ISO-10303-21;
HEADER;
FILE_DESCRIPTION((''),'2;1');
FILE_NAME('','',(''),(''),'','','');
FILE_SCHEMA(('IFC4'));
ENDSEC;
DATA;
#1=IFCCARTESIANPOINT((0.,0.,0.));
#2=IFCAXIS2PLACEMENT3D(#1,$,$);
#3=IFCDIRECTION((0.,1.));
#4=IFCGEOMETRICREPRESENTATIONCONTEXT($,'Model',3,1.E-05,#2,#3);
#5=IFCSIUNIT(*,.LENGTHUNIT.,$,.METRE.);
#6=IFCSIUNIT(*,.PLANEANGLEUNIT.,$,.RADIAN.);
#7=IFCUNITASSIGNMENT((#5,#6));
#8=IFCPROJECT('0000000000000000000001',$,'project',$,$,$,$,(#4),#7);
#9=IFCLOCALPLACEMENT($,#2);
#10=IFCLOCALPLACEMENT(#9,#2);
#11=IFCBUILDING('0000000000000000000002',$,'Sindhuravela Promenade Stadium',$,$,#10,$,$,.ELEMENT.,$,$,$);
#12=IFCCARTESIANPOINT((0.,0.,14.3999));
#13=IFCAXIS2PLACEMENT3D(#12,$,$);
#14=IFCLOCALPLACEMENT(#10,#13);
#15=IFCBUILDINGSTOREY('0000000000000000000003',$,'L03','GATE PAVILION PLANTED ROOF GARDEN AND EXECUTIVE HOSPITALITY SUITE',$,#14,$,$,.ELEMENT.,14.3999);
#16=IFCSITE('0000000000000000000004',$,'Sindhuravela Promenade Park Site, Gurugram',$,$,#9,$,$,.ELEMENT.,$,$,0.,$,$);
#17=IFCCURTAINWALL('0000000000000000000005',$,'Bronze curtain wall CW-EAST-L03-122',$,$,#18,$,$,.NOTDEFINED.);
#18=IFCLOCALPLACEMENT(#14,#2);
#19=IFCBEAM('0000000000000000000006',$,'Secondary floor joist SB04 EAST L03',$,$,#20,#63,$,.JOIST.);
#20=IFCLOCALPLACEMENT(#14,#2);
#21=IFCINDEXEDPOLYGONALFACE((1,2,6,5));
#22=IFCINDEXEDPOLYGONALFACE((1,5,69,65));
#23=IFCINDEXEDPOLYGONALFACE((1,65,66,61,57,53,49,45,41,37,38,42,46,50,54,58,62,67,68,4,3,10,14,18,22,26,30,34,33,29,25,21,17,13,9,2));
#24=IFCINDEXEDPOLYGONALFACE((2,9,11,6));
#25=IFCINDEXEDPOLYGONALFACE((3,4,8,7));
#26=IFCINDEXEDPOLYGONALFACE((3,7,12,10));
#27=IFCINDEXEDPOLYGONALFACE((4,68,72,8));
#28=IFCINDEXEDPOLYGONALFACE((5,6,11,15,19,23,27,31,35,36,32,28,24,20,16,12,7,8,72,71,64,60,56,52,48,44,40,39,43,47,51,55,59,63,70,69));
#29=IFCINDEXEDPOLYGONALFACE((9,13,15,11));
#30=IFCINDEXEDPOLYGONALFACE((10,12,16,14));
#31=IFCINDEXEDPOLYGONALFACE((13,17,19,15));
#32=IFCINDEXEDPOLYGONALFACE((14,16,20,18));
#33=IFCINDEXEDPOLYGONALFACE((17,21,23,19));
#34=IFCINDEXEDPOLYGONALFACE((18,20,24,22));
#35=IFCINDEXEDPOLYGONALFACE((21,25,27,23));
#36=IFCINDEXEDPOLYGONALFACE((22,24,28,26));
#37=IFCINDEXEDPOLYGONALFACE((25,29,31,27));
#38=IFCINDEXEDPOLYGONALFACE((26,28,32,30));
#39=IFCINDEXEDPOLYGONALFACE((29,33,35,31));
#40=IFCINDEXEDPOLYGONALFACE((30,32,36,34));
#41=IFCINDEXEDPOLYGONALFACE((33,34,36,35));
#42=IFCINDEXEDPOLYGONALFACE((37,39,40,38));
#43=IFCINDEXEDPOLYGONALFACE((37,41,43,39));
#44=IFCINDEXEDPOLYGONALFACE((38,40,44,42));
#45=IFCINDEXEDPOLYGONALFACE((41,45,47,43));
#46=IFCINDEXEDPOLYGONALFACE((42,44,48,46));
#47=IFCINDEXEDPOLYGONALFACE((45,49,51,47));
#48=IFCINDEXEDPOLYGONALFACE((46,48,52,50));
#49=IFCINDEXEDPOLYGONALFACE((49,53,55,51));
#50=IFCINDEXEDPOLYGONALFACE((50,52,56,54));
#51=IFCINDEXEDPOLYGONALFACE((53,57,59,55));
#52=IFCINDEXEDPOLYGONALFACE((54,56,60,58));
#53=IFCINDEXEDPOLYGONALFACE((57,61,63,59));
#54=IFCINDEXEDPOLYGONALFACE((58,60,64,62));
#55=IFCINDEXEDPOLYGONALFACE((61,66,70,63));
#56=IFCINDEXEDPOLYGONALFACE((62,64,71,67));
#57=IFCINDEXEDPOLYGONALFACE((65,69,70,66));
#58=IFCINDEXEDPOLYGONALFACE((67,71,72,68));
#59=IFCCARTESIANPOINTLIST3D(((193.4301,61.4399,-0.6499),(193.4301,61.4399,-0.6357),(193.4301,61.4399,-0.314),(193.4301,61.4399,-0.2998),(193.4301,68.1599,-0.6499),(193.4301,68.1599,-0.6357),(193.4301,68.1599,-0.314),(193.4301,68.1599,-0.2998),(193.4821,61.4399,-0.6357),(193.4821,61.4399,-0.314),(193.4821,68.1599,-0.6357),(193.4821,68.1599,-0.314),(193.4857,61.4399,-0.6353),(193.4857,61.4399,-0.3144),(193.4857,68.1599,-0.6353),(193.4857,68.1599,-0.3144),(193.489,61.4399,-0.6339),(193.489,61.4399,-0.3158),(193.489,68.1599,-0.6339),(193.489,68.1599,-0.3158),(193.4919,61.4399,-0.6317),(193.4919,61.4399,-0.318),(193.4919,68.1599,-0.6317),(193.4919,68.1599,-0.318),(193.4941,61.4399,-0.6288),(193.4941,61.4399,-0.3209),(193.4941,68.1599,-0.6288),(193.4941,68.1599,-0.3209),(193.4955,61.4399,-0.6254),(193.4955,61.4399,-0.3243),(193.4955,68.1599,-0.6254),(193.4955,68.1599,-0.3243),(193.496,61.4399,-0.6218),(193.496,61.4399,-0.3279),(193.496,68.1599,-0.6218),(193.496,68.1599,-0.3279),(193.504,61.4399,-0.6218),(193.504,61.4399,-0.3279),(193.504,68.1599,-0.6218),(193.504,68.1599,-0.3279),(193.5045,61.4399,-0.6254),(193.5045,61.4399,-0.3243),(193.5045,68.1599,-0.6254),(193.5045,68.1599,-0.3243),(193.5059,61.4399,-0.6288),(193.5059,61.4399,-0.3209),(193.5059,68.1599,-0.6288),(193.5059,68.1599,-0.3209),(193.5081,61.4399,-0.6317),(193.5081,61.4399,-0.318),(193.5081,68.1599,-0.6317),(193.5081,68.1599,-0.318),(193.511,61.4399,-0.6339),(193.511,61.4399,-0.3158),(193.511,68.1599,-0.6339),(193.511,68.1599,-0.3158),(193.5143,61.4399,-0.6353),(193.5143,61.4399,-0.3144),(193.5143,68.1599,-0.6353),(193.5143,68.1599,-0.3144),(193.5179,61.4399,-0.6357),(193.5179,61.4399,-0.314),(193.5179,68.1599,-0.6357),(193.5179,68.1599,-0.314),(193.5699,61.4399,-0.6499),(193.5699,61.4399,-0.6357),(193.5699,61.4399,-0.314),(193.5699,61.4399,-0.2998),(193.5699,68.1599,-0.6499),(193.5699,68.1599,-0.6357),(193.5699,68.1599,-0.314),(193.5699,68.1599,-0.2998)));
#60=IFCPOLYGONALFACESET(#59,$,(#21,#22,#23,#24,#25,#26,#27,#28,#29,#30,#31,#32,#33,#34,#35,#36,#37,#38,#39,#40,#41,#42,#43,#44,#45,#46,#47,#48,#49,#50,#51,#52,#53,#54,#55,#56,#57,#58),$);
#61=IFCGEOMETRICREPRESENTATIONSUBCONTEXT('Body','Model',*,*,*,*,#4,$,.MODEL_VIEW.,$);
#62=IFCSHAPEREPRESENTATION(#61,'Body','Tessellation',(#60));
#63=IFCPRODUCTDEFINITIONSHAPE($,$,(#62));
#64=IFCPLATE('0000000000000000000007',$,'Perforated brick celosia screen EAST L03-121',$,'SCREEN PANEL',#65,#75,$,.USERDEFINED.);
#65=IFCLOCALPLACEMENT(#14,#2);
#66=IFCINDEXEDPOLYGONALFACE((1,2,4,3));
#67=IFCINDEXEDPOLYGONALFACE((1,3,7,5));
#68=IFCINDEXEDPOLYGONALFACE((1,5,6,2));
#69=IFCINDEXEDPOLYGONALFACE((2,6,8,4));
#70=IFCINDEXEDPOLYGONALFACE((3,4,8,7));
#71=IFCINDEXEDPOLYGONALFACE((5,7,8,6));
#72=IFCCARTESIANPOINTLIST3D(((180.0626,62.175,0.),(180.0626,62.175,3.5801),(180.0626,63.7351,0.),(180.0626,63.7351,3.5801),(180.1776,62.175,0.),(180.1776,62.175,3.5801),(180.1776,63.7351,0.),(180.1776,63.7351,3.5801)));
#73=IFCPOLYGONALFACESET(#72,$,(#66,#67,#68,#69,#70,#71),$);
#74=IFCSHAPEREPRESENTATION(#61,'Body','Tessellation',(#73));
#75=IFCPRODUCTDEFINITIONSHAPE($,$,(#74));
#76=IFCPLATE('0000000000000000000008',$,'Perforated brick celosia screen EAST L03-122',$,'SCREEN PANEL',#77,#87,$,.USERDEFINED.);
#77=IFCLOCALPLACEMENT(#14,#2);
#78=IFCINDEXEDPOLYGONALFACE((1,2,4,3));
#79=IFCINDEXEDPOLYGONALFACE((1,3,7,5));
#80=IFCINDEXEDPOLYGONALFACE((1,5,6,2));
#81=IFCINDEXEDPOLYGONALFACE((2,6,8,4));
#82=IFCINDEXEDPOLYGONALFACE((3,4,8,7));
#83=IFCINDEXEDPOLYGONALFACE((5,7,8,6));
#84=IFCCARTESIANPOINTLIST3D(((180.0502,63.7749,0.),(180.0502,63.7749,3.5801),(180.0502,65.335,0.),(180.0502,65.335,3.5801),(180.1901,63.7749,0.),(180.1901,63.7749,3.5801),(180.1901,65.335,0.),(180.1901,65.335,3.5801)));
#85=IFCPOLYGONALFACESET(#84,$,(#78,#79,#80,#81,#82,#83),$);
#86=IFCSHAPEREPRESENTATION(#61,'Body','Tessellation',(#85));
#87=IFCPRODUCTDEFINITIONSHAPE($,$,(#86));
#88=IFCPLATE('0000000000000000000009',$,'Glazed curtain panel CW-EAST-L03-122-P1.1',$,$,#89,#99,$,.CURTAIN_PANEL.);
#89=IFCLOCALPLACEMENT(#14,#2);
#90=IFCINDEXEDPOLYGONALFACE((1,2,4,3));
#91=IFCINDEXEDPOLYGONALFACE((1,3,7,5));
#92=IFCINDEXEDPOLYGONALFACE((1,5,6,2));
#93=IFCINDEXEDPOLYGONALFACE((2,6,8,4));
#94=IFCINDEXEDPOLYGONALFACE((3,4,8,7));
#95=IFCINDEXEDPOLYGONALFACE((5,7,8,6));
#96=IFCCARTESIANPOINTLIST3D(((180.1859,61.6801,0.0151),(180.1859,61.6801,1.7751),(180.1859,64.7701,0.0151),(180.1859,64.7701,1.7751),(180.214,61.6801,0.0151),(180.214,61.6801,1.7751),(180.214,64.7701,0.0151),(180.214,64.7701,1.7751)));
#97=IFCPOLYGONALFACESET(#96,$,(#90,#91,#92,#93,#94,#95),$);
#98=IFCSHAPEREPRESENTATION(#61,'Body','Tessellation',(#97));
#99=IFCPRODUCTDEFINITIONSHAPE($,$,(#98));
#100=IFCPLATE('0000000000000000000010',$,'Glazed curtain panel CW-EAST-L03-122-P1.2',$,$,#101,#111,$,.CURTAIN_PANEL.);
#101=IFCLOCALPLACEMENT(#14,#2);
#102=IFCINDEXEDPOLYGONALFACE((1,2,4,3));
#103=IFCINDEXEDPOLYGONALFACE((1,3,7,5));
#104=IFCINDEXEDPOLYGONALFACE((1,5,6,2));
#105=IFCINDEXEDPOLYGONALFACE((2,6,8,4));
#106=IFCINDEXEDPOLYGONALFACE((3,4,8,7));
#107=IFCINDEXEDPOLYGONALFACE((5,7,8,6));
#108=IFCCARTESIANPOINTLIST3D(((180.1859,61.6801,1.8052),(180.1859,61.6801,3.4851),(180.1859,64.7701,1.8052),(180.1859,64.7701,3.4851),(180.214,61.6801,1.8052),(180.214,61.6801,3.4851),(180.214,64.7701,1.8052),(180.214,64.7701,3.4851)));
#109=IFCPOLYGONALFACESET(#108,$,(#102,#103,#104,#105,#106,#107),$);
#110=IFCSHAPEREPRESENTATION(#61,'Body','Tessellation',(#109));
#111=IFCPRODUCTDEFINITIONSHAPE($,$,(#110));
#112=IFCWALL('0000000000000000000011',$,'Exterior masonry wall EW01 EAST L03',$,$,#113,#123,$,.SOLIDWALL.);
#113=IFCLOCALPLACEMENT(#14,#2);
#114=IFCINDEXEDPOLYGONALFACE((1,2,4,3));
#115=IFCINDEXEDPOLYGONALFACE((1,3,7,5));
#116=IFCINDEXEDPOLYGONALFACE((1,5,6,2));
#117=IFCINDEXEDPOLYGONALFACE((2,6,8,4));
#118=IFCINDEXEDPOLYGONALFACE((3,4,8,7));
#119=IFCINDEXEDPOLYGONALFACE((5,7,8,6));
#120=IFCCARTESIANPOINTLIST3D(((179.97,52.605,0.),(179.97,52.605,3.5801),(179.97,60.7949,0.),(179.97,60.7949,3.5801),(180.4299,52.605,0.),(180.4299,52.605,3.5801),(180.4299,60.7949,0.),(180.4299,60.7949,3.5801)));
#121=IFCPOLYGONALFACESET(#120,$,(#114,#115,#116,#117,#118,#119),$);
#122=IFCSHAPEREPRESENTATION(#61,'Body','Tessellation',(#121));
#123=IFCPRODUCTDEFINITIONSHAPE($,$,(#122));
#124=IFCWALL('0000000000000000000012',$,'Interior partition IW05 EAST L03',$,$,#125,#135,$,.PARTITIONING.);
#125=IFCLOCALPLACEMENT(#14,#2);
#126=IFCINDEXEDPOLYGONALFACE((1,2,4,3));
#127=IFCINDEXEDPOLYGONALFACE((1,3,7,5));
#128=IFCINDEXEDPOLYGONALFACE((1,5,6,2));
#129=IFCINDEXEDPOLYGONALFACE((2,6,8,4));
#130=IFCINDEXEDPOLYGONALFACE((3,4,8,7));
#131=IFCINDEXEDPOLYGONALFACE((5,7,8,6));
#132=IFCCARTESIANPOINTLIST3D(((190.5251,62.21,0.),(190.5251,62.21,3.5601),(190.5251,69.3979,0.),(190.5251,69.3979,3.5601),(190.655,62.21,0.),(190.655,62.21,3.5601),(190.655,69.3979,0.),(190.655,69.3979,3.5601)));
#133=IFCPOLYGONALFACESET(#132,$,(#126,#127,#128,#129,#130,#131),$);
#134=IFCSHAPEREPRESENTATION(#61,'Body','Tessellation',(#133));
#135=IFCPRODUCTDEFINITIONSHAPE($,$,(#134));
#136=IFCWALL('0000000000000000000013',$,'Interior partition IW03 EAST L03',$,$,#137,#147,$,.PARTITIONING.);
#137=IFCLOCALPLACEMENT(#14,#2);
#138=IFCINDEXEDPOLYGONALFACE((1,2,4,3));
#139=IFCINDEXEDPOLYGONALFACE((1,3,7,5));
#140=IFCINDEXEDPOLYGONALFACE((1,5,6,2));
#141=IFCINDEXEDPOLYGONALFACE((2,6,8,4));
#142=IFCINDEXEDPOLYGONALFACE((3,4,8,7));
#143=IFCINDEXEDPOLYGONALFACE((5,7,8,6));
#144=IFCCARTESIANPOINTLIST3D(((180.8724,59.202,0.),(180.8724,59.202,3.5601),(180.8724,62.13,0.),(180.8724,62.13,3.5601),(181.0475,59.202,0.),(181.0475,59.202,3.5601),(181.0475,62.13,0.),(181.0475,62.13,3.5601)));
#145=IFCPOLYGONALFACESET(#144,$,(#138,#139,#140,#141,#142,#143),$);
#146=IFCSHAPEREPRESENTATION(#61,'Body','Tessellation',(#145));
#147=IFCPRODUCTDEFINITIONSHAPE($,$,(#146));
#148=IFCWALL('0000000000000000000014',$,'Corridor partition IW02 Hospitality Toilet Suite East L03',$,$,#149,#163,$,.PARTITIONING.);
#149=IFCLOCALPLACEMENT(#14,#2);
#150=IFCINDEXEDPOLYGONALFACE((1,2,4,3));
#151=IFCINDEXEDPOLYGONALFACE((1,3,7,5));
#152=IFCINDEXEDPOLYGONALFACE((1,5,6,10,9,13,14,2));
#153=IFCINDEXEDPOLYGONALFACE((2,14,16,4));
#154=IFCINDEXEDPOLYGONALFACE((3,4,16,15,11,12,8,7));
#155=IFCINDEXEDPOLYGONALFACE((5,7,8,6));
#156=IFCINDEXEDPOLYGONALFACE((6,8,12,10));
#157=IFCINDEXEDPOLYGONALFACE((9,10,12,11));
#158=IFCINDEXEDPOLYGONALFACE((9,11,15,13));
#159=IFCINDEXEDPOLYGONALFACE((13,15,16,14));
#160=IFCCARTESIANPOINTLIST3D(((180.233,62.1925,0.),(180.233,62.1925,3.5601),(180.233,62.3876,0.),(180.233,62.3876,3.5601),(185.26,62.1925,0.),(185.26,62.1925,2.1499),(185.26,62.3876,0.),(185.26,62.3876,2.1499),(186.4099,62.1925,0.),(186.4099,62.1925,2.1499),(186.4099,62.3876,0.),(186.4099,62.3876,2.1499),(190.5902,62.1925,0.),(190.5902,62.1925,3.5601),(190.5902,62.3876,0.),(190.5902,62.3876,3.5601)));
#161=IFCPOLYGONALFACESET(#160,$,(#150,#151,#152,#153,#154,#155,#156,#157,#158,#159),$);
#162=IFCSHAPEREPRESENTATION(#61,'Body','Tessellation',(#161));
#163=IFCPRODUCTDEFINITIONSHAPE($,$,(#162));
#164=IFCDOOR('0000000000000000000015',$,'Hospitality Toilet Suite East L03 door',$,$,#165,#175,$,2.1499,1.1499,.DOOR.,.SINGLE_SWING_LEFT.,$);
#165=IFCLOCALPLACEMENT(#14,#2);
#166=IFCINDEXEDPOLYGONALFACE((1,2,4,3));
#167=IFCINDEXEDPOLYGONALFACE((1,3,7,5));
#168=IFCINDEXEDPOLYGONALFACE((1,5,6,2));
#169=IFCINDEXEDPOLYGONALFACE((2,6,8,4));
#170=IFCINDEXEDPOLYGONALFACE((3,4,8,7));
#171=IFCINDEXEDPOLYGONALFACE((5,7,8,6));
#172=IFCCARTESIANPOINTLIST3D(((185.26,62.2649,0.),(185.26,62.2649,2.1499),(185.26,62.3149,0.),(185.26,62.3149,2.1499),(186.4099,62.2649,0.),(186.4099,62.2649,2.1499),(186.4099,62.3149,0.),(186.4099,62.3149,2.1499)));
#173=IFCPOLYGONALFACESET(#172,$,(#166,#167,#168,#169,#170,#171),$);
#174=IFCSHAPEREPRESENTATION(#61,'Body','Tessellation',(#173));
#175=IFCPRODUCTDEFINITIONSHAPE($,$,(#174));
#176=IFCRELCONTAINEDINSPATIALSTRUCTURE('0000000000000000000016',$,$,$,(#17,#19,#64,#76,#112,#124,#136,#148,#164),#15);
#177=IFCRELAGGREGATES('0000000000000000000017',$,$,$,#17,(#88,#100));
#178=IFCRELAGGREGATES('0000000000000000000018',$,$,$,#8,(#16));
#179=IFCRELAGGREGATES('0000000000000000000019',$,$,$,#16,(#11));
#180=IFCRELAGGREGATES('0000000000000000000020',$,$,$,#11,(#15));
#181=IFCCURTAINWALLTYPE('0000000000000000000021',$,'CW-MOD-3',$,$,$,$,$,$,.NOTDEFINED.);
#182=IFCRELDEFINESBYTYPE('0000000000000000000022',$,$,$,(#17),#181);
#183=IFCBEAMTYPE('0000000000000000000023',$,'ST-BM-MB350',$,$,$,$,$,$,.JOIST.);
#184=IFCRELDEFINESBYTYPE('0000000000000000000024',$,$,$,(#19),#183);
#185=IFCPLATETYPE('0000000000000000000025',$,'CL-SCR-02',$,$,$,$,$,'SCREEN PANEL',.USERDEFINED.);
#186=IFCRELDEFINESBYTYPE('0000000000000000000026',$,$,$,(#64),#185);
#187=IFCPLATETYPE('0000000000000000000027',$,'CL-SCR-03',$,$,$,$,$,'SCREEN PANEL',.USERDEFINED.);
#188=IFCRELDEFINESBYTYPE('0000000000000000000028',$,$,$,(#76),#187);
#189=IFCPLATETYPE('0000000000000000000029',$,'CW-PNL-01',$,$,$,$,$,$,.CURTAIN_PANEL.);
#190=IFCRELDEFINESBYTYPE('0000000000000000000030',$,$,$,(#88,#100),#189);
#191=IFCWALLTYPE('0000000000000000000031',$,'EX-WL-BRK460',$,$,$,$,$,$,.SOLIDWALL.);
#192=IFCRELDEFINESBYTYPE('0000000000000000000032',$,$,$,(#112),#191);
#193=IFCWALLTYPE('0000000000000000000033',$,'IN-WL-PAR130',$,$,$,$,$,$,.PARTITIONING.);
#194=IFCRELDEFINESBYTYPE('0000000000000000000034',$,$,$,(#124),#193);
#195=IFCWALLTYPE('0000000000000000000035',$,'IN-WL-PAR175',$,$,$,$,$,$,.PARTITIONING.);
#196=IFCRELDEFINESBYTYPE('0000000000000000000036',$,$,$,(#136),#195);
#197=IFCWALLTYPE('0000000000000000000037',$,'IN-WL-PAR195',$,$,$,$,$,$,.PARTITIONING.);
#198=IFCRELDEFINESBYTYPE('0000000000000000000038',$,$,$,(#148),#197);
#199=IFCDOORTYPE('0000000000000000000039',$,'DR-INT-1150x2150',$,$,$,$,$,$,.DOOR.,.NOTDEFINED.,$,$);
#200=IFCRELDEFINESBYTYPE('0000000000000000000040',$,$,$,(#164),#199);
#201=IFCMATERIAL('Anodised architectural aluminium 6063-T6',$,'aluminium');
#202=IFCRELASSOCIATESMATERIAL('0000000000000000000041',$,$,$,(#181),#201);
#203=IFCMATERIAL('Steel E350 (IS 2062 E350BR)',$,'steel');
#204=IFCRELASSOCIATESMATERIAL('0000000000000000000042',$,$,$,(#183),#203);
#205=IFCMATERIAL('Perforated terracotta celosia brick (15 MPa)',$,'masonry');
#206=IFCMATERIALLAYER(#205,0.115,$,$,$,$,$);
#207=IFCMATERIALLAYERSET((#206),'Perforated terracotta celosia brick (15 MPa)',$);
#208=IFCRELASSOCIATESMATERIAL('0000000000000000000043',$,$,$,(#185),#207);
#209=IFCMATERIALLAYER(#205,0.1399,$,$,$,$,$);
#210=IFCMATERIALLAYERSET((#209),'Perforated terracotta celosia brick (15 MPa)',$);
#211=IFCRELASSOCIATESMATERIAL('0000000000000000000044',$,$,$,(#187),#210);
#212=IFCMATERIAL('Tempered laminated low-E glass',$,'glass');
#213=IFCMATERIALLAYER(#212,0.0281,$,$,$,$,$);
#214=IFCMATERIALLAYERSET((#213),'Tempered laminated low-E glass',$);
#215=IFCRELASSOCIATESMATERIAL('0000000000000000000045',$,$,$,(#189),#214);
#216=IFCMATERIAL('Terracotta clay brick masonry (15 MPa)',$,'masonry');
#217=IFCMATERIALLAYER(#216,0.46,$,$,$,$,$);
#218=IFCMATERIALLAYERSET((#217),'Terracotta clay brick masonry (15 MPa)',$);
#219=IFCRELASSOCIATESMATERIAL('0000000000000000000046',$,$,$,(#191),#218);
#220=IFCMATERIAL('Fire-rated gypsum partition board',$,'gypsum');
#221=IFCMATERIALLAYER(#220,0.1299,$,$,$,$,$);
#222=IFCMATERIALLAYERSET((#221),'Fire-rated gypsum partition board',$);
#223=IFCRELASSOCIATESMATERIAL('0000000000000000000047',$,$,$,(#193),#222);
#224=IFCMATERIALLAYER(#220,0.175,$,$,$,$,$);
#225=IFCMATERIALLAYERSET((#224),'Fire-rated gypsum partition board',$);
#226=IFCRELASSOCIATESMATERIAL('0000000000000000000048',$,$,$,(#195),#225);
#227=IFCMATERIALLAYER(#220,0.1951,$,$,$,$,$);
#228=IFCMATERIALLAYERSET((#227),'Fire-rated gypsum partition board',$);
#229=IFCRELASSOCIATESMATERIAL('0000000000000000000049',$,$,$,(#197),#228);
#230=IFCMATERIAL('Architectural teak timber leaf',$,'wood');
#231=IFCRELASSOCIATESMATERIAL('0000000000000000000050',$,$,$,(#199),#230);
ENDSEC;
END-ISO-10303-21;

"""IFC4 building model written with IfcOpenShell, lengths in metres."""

from ifc_helpers import new_model, si_unit, direction, frame, frame_2d, origin, origin_2d, place, context, subcontext, project, spatial, rectangle, i_section, extrude, material, layer, layer_set, material_profile, profile_set, type_object, element, fill, aggregate, save


model = new_model("IFC4")

# Units and contexts
model_context = context("Model", 3, precision=1e-05, world=origin(), true_north=direction((0.0, 1.0)))
body_context = subcontext(model_context, "Body", "Model", "MODEL_VIEW")
ifc_project = project(units=[si_unit("LENGTHUNIT", "METRE"), si_unit("PLANEANGLEUNIT", "RADIAN")], contexts=[model_context])

# Site, building, storey
site_placement = place(None, origin())
site = spatial("IfcSite", under=ifc_project, at=site_placement, Name="Sindhuravela Promenade Park Site, Gurugram", CompositionType="ELEMENT", RefElevation=0.0)
building_placement = place(site_placement, origin())
building = spatial("IfcBuilding", under=site, at=building_placement, Name="Sindhuravela Promenade Stadium", CompositionType="ELEMENT")
storey_placement = place(building_placement, frame((0.0, 0.0, 14.3999)))
storey = spatial("IfcBuildingStorey", under=building, at=storey_placement, Name="L03", Description="GATE PAVILION PLANTED ROOF GARDEN AND EXECUTIVE HOSPITALITY SUITE", CompositionType="ELEMENT", Elevation=14.3999)

# Curtain wall
ifc_material_1 = material(Name="Anodised architectural aluminium 6063-T6", Category="aluminium")
curtain_wall_type = type_object("IfcCurtainWallType", Name="CW-MOD-3", PredefinedType="NOTDEFINED", material=ifc_material_1)
curtain_wall_placement = place(storey_placement, origin())
curtain_wall = element("IfcCurtainWall", 1, at=curtain_wall_placement, inside=storey, type_object=curtain_wall_type, Name="Bronze curtain wall CW-EAST-L03-122", PredefinedType="NOTDEFINED")

# Beam
ifc_material_2 = material(Name="Steel E350 (IS 2062 E350BR)", Category="steel")
ifc_material_profile_1 = material_profile(ifc_material_2, i_section(OverallWidth=0.1399, OverallDepth=0.3501, WebThickness=0.0081, FlangeThickness=0.0142, FilletRadius=0.0139, at=origin_2d()), Name="ISMB 350")
ifc_profile_set_1 = profile_set([ifc_material_profile_1], Name="Steel E350 (IS 2062 E350BR)")
beam_type_1 = type_object("IfcBeamType", Name="ST-BM-MB350", PredefinedType="JOIST", material=ifc_profile_set_1)
beam_1_placement = place(storey_placement, frame((193.5, 61.4399, -0.4749), z_axis=(0.0, 1.0, 0.0), x_axis=(-1.0, 0.0, 0.0)))
element("IfcBeam", 2, at=beam_1_placement, inside=storey, type_object=beam_type_1, Name="Secondary floor joist SB04 EAST L03", PredefinedType="JOIST", context=body_context, shape_type="SweptSolid", body=[
    extrude(i_section(OverallWidth=0.1399, OverallDepth=0.3501, WebThickness=0.0081, FlangeThickness=0.0142, FilletRadius=0.0139, at=origin_2d()), origin(), (0.0, 0.0, 1.0), 6.72),
])

# Plates
ifc_material_3 = material(Name="Perforated terracotta celosia brick (15 MPa)", Category="masonry")
ifc_layer_1 = layer(ifc_material_3, 0.115)
ifc_layer_set_1 = layer_set([ifc_layer_1], Name="Perforated terracotta celosia brick (15 MPa)")
plate_type_1 = type_object("IfcPlateType", Name="CL-SCR-02", ElementType="SCREEN PANEL", PredefinedType="USERDEFINED", material=ifc_layer_set_1)
plate_1_placement = place(storey_placement, frame((180.1201, 62.9551, 0.0), z_axis=(0.0, 0.0, 1.0), x_axis=(0.0, 1.0, 0.0)))
element("IfcPlate", 3, at=plate_1_placement, inside=storey, type_object=plate_type_1, Name="Perforated brick celosia screen EAST L03-121", ObjectType="SCREEN PANEL", PredefinedType="USERDEFINED", context=body_context, shape_type="SweptSolid", body=[
    extrude(rectangle(XDim=1.5601, YDim=0.115, at=origin_2d()), origin(), (0.0, 0.0, 1.0), 3.5801),
])
ifc_layer_2 = layer(ifc_material_3, 0.1399)
ifc_layer_set_2 = layer_set([ifc_layer_2], Name="Perforated terracotta celosia brick (15 MPa)")
plate_type_2 = type_object("IfcPlateType", Name="CL-SCR-03", ElementType="SCREEN PANEL", PredefinedType="USERDEFINED", material=ifc_layer_set_2)
plate_2_placement = place(storey_placement, frame((180.1201, 64.5549, 0.0), z_axis=(0.0, 0.0, 1.0), x_axis=(0.0, 1.0, 0.0)))
element("IfcPlate", 4, at=plate_2_placement, inside=storey, type_object=plate_type_2, Name="Perforated brick celosia screen EAST L03-122", ObjectType="SCREEN PANEL", PredefinedType="USERDEFINED", context=body_context, shape_type="SweptSolid", body=[
    extrude(rectangle(XDim=1.5601, YDim=0.1399, at=origin_2d()), origin(), (0.0, 0.0, 1.0), 3.5801),
])

# Plates
ifc_material_4 = material(Name="Tempered laminated low-E glass", Category="glass")
ifc_layer_3 = layer(ifc_material_4, 0.0281)
ifc_layer_set_3 = layer_set([ifc_layer_3], Name="Tempered laminated low-E glass")
plate_type_3 = type_object("IfcPlateType", Name="CW-PNL-01", PredefinedType="CURTAIN_PANEL", material=ifc_layer_set_3)
plate_3_placement = place(storey_placement, frame((180.2, 63.2251, 0.0151), z_axis=(0.0, 0.0, 1.0), x_axis=(0.0, 1.0, 0.0)))
plate_3 = element("IfcPlate", 5, at=plate_3_placement, type_object=plate_type_3, Name="Glazed curtain panel CW-EAST-L03-122-P1.1", PredefinedType="CURTAIN_PANEL", context=body_context, shape_type="SweptSolid", body=[
    extrude(rectangle(XDim=3.0901, YDim=0.0281, at=origin_2d()), origin(), (0.0, 0.0, 1.0), 1.76),
])
plate_4_placement = place(storey_placement, frame((180.2, 63.2251, 1.8052), z_axis=(0.0, 0.0, 1.0), x_axis=(0.0, 1.0, 0.0)))
plate_4 = element("IfcPlate", 6, at=plate_4_placement, type_object=plate_type_3, Name="Glazed curtain panel CW-EAST-L03-122-P1.2", PredefinedType="CURTAIN_PANEL", context=body_context, shape_type="SweptSolid", body=[
    extrude(rectangle(XDim=3.0901, YDim=0.0281, at=origin_2d()), origin(), (0.0, 0.0, 1.0), 1.6799),
])
aggregate(curtain_wall, [plate_3, plate_4])

# Walls
ifc_material_5 = material(Name="Terracotta clay brick masonry (15 MPa)", Category="masonry")
ifc_layer_4 = layer(ifc_material_5, 0.46)
ifc_layer_set_4 = layer_set([ifc_layer_4], Name="Terracotta clay brick masonry (15 MPa)")
wall_type_1 = type_object("IfcWallType", Name="EX-WL-BRK460", PredefinedType="SOLIDWALL", material=ifc_layer_set_4)
wall_1_placement = place(storey_placement, frame((180.2, 52.605, 0.0), z_axis=(0.0, 0.0, 1.0), x_axis=(0.0, 1.0, 0.0)))
element("IfcWall", 7, at=wall_1_placement, inside=storey, type_object=wall_type_1, Name="Exterior masonry wall EW01 EAST L03", PredefinedType="SOLIDWALL", context=body_context, shape_type="SweptSolid", body=[
    extrude(rectangle(XDim=8.1899, YDim=0.46, at=frame_2d((4.095, 0.0))), origin(), (0.0, 0.0, 1.0), 3.5801),
])
ifc_material_6 = material(Name="Fire-rated gypsum partition board", Category="gypsum")
ifc_layer_5 = layer(ifc_material_6, 0.1299)
ifc_layer_set_5 = layer_set([ifc_layer_5], Name="Fire-rated gypsum partition board")
wall_type_2 = type_object("IfcWallType", Name="IN-WL-PAR130", PredefinedType="PARTITIONING", material=ifc_layer_set_5)
wall_2_placement = place(storey_placement, frame((190.5901, 62.21, 0.0), z_axis=(0.0, 0.0, 1.0), x_axis=(0.0, 1.0, 0.0)))
element("IfcWall", 8, at=wall_2_placement, inside=storey, type_object=wall_type_2, Name="Interior partition IW05 EAST L03", PredefinedType="PARTITIONING", context=body_context, shape_type="SweptSolid", body=[
    extrude(rectangle(XDim=7.188, YDim=0.1299, at=frame_2d((3.594, 0.0))), origin(), (0.0, 0.0, 1.0), 3.5601),
])
ifc_layer_6 = layer(ifc_material_6, 0.175)
ifc_layer_set_6 = layer_set([ifc_layer_6], Name="Fire-rated gypsum partition board")
wall_type_3 = type_object("IfcWallType", Name="IN-WL-PAR175", PredefinedType="PARTITIONING", material=ifc_layer_set_6)
wall_3_placement = place(storey_placement, frame((180.96, 62.1299, 0.0), z_axis=(0.0, 0.0, 1.0), x_axis=(0.0, -1.0, 0.0)))
element("IfcWall", 9, at=wall_3_placement, inside=storey, type_object=wall_type_3, Name="Interior partition IW03 EAST L03", PredefinedType="PARTITIONING", context=body_context, shape_type="SweptSolid", body=[
    extrude(rectangle(XDim=2.928, YDim=0.175, at=frame_2d((1.4639, 0.0))), origin(), (0.0, 0.0, 1.0), 3.5601),
])

# Wall, opening, door
ifc_layer_7 = layer(ifc_material_6, 0.1951)
ifc_layer_set_7 = layer_set([ifc_layer_7], Name="Fire-rated gypsum partition board")
wall_type_4 = type_object("IfcWallType", Name="IN-WL-PAR195", PredefinedType="PARTITIONING", material=ifc_layer_set_7)
wall_4_placement = place(storey_placement, frame((180.2329, 62.29, 0.0), z_axis=(0.0, 0.0, 1.0), x_axis=(1.0, 0.0, 0.0)))
wall_4 = element("IfcWall", 10, at=wall_4_placement, inside=storey, type_object=wall_type_4, Name="Corridor partition IW02 Hospitality Toilet Suite East L03", PredefinedType="PARTITIONING", context=body_context, shape_type="SweptSolid", body=[
    extrude(rectangle(XDim=10.3572, YDim=0.1951, at=frame_2d((5.1787, 0.0))), origin(), (0.0, 0.0, 1.0), 3.5601),
])
opening_1_placement = place(wall_4_placement, frame((5.0271, 0.0, 0.0)))
opening_1 = element("IfcOpeningElement", 11, at=opening_1_placement, cuts=wall_4, PredefinedType="OPENING", context=body_context, shape_type="SweptSolid", body=[
    extrude(rectangle(XDim=1.1499, YDim=2.1499, at=frame_2d((0.575, 1.075))), frame((0.0, 0.1074, 0.0), z_axis=(0.0, -1.0, 0.0), x_axis=(1.0, 0.0, 0.0)), (0.0, 0.0, 1.0), 0.2151),
])
ifc_material_7 = material(Name="Architectural teak timber leaf", Category="wood")
door_type_1 = type_object("IfcDoorType", Name="DR-INT-1150x2150", OperationType="NOTDEFINED", PredefinedType="DOOR", material=ifc_material_7)
door_1_placement = place(opening_1_placement, origin())
door_1 = element("IfcDoor", 12, at=door_1_placement, inside=storey, type_object=door_type_1, Name="Hospitality Toilet Suite East L03 door", OperationType="SINGLE_SWING_LEFT", OverallHeight=2.1499, OverallWidth=1.1499, PredefinedType="DOOR", context=body_context, shape_type="SweptSolid", body=[
    extrude(rectangle(XDim=1.1499, YDim=2.1499, at=frame_2d((0.575, 1.075))), frame((0.0, 0.0249, 0.0), z_axis=(0.0, -1.0, 0.0), x_axis=(1.0, 0.0, 0.0)), (0.0, 0.0, 1.0), 0.05),
])
fill(opening_1, door_1)

save(model, "model.ifc")
